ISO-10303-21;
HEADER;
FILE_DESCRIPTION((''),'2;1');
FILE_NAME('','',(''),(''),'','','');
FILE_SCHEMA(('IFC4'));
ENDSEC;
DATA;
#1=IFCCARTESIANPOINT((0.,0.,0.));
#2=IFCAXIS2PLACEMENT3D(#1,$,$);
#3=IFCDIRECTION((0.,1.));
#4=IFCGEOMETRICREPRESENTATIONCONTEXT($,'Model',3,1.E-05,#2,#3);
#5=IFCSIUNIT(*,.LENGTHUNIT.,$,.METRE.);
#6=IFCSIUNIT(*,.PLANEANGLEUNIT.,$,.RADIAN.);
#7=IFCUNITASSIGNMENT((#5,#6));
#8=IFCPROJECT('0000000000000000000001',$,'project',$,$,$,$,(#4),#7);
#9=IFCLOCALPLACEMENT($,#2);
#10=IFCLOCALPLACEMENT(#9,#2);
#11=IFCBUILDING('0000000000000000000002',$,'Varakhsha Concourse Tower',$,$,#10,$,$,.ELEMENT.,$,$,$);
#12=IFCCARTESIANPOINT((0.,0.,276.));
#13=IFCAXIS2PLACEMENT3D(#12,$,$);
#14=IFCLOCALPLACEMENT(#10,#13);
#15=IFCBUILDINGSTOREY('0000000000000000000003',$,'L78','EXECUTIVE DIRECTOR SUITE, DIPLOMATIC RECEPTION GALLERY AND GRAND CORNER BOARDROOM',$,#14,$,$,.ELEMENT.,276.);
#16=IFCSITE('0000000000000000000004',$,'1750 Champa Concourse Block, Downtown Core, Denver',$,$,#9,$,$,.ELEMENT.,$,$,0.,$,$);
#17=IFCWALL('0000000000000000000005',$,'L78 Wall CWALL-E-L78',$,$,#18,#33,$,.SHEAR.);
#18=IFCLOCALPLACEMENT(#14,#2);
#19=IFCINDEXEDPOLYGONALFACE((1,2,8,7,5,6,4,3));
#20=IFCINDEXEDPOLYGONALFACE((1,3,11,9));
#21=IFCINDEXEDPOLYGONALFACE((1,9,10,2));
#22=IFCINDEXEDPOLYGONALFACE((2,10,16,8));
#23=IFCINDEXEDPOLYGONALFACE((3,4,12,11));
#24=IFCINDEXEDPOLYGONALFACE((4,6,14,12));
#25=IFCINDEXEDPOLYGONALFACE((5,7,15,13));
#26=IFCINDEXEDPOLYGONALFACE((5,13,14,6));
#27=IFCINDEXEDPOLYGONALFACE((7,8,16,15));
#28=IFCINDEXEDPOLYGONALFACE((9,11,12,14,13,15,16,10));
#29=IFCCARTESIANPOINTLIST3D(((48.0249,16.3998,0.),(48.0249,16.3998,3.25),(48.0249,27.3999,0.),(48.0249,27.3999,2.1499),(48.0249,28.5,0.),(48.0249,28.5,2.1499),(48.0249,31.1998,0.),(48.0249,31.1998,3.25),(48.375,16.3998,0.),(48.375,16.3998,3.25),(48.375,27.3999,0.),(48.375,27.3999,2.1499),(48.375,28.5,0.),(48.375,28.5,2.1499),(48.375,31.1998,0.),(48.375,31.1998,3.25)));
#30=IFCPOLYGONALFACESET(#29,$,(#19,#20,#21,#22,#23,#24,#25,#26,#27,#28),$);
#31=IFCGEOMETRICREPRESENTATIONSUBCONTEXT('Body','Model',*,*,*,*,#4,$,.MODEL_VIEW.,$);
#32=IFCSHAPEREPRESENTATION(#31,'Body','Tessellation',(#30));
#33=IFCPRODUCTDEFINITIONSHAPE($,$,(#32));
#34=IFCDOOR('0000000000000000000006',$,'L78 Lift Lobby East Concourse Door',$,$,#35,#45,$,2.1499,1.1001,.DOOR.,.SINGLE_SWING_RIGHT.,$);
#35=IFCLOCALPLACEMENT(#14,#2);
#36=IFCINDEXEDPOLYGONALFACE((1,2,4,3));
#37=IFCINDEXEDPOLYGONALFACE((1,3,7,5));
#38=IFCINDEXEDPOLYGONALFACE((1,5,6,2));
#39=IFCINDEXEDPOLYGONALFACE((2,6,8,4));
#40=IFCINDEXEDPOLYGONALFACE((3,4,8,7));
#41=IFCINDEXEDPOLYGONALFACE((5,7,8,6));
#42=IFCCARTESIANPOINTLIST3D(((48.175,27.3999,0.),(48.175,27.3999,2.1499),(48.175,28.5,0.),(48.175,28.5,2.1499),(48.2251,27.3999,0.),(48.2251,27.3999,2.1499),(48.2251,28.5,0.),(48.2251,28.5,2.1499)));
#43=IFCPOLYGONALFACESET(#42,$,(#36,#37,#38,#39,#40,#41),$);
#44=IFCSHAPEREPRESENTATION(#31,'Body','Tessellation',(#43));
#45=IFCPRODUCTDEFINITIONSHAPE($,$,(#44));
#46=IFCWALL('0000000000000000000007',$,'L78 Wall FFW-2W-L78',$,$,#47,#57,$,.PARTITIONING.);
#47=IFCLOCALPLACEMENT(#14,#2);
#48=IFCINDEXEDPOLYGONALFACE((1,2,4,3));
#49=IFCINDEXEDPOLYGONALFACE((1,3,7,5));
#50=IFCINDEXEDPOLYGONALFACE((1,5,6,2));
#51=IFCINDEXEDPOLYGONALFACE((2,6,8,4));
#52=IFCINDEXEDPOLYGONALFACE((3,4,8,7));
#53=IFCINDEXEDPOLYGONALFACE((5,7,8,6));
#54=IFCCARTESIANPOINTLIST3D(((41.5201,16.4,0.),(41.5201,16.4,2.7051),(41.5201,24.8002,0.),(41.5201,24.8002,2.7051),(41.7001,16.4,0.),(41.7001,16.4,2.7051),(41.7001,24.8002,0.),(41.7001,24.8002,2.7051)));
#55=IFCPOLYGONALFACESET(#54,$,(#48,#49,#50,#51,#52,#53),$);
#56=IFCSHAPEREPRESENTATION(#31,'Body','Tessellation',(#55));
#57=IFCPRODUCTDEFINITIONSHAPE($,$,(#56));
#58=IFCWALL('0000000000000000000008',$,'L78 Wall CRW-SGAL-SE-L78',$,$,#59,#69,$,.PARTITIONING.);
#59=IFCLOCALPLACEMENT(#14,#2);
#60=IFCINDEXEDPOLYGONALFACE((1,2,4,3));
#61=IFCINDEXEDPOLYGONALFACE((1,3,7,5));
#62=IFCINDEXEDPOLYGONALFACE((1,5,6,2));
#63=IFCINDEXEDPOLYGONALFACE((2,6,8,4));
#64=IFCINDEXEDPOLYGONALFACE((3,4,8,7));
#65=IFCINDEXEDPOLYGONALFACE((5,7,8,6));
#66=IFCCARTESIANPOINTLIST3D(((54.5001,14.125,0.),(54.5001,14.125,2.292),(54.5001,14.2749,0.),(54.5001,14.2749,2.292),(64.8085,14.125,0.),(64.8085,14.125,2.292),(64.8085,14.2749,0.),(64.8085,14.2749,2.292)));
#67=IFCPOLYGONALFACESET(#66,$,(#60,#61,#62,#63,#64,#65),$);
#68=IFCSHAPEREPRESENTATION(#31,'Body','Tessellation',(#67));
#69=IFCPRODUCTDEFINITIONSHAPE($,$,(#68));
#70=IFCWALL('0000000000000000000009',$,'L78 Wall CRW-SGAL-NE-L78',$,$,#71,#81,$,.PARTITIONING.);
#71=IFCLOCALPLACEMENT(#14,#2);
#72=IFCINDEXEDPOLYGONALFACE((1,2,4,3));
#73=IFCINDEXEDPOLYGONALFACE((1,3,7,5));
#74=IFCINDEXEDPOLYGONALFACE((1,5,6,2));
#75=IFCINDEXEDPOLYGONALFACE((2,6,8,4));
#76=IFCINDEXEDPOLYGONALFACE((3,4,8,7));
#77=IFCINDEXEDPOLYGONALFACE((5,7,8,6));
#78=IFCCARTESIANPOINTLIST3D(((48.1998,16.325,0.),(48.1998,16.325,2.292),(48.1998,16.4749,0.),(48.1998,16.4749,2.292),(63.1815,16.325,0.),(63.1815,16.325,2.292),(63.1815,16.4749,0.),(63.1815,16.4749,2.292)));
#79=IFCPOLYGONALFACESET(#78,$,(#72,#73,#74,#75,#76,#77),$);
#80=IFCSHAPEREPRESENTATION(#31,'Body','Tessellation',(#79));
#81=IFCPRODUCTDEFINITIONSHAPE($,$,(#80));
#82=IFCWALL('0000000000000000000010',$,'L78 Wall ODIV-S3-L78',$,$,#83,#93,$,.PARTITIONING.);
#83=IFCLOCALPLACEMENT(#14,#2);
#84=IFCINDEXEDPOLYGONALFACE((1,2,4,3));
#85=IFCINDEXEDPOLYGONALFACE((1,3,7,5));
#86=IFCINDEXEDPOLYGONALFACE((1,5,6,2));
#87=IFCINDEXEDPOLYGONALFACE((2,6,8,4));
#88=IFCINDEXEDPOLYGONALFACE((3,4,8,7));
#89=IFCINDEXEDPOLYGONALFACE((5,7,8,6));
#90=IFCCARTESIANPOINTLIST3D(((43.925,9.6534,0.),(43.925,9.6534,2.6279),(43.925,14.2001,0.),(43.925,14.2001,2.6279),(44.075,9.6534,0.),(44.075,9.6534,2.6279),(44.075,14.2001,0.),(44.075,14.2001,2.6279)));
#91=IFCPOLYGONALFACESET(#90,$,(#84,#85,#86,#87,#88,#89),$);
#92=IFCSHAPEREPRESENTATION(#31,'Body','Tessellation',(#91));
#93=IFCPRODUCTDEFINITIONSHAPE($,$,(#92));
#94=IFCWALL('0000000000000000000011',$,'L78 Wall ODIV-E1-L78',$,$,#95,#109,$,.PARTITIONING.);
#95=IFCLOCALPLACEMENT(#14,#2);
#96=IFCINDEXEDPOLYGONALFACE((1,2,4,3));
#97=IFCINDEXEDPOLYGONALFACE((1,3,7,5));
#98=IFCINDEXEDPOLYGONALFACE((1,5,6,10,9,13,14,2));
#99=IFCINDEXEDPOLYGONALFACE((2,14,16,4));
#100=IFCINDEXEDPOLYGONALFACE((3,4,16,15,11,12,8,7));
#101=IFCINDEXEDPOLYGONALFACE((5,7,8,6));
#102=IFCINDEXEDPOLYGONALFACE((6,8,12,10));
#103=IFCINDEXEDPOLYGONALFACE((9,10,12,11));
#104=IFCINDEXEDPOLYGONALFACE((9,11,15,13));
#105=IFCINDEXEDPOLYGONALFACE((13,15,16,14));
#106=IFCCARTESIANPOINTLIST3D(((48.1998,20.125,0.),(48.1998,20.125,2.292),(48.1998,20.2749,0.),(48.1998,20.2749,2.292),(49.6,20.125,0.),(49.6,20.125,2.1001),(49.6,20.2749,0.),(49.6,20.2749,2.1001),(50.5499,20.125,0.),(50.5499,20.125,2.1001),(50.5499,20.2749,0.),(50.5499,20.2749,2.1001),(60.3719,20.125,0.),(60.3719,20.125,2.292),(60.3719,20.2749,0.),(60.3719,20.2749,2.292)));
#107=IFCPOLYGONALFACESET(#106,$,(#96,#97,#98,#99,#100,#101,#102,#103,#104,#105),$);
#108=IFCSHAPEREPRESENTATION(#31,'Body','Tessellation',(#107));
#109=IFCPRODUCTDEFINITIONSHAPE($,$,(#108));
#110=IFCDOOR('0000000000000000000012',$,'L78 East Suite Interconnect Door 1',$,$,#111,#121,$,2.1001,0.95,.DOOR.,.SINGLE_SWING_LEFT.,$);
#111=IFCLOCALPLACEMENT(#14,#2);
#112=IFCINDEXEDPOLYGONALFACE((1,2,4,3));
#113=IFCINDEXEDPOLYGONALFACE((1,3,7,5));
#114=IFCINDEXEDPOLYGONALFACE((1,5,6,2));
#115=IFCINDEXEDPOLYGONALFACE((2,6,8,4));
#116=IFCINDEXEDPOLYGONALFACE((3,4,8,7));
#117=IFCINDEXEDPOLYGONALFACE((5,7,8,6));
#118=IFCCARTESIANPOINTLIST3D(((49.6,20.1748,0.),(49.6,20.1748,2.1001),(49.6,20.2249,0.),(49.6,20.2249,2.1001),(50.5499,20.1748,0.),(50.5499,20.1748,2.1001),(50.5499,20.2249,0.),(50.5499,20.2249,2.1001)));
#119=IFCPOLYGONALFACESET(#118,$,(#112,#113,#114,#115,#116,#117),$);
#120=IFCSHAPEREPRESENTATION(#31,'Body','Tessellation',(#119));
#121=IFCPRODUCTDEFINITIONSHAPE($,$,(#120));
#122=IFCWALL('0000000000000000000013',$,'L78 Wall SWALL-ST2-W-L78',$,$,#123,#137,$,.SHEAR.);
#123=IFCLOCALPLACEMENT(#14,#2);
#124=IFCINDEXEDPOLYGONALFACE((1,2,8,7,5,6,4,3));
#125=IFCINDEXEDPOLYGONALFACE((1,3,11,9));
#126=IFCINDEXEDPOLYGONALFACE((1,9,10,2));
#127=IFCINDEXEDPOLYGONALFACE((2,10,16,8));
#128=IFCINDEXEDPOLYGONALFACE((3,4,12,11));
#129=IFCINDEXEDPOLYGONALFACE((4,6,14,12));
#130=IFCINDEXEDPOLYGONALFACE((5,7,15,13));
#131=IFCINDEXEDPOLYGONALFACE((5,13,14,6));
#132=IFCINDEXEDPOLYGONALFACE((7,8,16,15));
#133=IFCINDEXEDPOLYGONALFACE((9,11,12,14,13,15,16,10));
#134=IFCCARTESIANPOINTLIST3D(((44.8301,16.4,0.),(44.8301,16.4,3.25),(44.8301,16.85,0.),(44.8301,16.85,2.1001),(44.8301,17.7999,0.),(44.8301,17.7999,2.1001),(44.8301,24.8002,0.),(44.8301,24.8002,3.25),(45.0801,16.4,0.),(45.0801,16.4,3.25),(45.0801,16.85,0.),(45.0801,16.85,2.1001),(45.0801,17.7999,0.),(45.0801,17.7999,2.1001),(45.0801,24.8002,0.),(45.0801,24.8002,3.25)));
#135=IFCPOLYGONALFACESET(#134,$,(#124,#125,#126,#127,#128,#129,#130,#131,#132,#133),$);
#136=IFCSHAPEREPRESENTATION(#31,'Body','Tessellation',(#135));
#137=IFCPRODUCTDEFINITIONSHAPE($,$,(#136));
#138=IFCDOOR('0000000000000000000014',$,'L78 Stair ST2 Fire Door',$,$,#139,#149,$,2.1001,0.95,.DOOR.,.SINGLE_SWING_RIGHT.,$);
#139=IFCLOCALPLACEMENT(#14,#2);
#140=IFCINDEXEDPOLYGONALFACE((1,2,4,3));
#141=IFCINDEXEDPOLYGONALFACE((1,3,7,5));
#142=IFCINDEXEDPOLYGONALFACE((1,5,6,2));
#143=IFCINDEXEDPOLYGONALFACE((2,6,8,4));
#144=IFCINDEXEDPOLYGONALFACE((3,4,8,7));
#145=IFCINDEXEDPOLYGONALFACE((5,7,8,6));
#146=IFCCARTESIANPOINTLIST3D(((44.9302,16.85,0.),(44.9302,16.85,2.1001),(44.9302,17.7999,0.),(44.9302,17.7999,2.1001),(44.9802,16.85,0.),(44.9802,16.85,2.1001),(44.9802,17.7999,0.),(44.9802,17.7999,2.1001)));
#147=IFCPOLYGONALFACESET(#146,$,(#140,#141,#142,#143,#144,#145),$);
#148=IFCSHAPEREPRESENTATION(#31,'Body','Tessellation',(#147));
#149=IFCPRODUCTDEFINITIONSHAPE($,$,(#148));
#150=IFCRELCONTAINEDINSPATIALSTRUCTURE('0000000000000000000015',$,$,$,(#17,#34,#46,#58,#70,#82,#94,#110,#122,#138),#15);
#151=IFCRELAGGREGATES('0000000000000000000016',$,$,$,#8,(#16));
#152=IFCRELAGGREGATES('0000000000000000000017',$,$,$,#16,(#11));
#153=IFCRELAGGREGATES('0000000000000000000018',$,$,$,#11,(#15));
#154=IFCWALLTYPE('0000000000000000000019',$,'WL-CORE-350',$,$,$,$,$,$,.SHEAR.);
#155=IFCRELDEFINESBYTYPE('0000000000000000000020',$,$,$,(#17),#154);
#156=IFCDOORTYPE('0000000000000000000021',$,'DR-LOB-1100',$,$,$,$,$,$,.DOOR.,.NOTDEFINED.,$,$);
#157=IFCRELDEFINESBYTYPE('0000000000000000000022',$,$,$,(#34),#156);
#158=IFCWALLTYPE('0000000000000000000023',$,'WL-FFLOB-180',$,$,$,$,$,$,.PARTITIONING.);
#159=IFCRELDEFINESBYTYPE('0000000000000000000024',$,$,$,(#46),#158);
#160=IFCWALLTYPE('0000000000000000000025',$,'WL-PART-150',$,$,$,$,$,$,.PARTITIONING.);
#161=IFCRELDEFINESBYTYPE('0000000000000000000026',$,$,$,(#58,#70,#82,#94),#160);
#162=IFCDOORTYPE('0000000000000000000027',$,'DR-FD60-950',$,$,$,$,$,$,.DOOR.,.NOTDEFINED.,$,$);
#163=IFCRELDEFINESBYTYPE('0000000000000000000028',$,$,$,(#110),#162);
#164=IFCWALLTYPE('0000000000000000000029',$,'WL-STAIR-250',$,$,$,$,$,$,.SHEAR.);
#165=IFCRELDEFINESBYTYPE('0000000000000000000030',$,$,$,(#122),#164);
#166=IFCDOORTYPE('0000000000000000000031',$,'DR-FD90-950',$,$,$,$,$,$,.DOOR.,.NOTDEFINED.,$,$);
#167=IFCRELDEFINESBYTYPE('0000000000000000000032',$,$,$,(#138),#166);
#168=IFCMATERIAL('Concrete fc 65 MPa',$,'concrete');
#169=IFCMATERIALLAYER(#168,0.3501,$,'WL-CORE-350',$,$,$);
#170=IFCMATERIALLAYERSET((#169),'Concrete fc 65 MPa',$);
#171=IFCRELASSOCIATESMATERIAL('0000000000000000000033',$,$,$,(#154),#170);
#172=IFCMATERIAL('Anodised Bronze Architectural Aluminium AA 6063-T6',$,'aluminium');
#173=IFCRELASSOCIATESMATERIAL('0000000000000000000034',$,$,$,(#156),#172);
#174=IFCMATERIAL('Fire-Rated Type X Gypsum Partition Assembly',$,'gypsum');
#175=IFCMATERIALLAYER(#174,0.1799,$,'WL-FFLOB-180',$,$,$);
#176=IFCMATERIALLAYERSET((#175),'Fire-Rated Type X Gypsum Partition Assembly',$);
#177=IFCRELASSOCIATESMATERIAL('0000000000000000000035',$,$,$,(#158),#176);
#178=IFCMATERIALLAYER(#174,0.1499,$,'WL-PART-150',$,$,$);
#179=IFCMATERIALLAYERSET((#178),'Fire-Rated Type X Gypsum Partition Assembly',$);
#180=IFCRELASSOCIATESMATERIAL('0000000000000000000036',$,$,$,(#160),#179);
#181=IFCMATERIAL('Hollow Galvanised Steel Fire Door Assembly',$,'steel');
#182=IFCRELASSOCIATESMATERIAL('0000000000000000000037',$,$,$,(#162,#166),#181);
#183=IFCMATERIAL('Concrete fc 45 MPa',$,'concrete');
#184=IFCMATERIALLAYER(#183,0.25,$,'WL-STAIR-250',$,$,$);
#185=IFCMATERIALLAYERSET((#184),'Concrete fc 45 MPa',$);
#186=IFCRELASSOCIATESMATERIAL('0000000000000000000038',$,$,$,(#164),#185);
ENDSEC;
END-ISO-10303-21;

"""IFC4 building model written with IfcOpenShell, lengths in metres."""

from ifc_helpers import new_model, si_unit, direction, frame, frame_2d, origin, place, context, subcontext, project, spatial, rectangle, extrude, material, layer, layer_set, type_object, element, fill, save


model = new_model("IFC4")

# Units and contexts
model_context = context("Model", 3, precision=1e-05, world=origin(), true_north=direction((0.0, 1.0)))
body_context = subcontext(model_context, "Body", "Model", "MODEL_VIEW")
ifc_project = project(units=[si_unit("LENGTHUNIT", "METRE"), si_unit("PLANEANGLEUNIT", "RADIAN")], contexts=[model_context])

# Site, building, storey
site_placement = place(None, origin())
site = spatial("IfcSite", under=ifc_project, at=site_placement, Name="1750 Champa Concourse Block, Downtown Core, Denver", CompositionType="ELEMENT", RefElevation=0.0)
building_placement = place(site_placement, origin())
building = spatial("IfcBuilding", under=site, at=building_placement, Name="Varakhsha Concourse Tower", CompositionType="ELEMENT")
storey_placement = place(building_placement, frame((0.0, 0.0, 276.0)))
storey = spatial("IfcBuildingStorey", under=building, at=storey_placement, Name="L78", Description="EXECUTIVE DIRECTOR SUITE, DIPLOMATIC RECEPTION GALLERY AND GRAND CORNER BOARDROOM", CompositionType="ELEMENT", Elevation=276.0)

# Shared definitions
ifc_material_1 = material(Name="Concrete fc 65 MPa", Category="concrete")

# Shared definitions
ifc_material_2 = material(Name="Anodised Bronze Architectural Aluminium AA 6063-T6", Category="aluminium")

# Wall, opening, door
ifc_layer_1 = layer(ifc_material_1, 0.3501, Name="WL-CORE-350")
ifc_layer_set_1 = layer_set([ifc_layer_1], Name="Concrete fc 65 MPa")
wall_type_1 = type_object("IfcWallType", Name="WL-CORE-350", PredefinedType="SHEAR", material=ifc_layer_set_1)
wall_1_placement = place(storey_placement, frame((48.2, 16.3999, 0.0), z_axis=(0.0, 0.0, 1.0), x_axis=(0.0, 1.0, 0.0)))
wall_1 = element("IfcWall", 1, at=wall_1_placement, inside=storey, type_object=wall_type_1, Name="L78 Wall CWALL-E-L78", PredefinedType="SHEAR", context=body_context, shape_type="SweptSolid", body=[
    extrude(rectangle(XDim=14.8, YDim=0.3501, at=frame_2d((7.3999, 0.0))), origin(), (0.0, 0.0, 1.0), 3.25),
])
opening_1_placement = place(wall_1_placement, frame((11.0, 0.0, 0.0)))
opening_1 = element("IfcOpeningElement", 2, at=opening_1_placement, cuts=wall_1, PredefinedType="OPENING", context=body_context, shape_type="SweptSolid", body=[
    extrude(rectangle(XDim=1.1001, YDim=2.1499, at=frame_2d((0.55, 1.075))), frame((0.0, 0.1851, 0.0), z_axis=(0.0, -1.0, 0.0), x_axis=(1.0, 0.0, 0.0)), (0.0, 0.0, 1.0), 0.3701),
])
door_type_1 = type_object("IfcDoorType", Name="DR-LOB-1100", OperationType="NOTDEFINED", PredefinedType="DOOR", material=ifc_material_2)
door_1_placement = place(opening_1_placement, origin())
door_1 = element("IfcDoor", 3, at=door_1_placement, inside=storey, type_object=door_type_1, Name="L78 Lift Lobby East Concourse Door", OperationType="SINGLE_SWING_RIGHT", OverallHeight=2.1499, OverallWidth=1.1001, PredefinedType="DOOR", context=body_context, shape_type="SweptSolid", body=[
    extrude(rectangle(XDim=1.1001, YDim=2.1499, at=frame_2d((0.55, 1.075))), frame((0.0, 0.0249, 0.0), z_axis=(0.0, -1.0, 0.0), x_axis=(1.0, 0.0, 0.0)), (0.0, 0.0, 1.0), 0.05),
])
fill(opening_1, door_1)

# Walls
ifc_material_3 = material(Name="Fire-Rated Type X Gypsum Partition Assembly", Category="gypsum")
ifc_layer_2 = layer(ifc_material_3, 0.1799, Name="WL-FFLOB-180")
ifc_layer_set_2 = layer_set([ifc_layer_2], Name="Fire-Rated Type X Gypsum Partition Assembly")
wall_type_2 = type_object("IfcWallType", Name="WL-FFLOB-180", PredefinedType="PARTITIONING", material=ifc_layer_set_2)
wall_2_placement = place(storey_placement, frame((41.6101, 16.3999, 0.0), z_axis=(0.0, 0.0, 1.0), x_axis=(0.0, 1.0, 0.0)))
element("IfcWall", 4, at=wall_2_placement, inside=storey, type_object=wall_type_2, Name="L78 Wall FFW-2W-L78", PredefinedType="PARTITIONING", context=body_context, shape_type="SweptSolid", body=[
    extrude(rectangle(XDim=8.4001, YDim=0.1799, at=frame_2d((4.2002, 0.0))), origin(), (0.0, 0.0, 1.0), 2.7051),
])
ifc_layer_3 = layer(ifc_material_3, 0.1499, Name="WL-PART-150")
ifc_layer_set_3 = layer_set([ifc_layer_3], Name="Fire-Rated Type X Gypsum Partition Assembly")
wall_type_3 = type_object("IfcWallType", Name="WL-PART-150", PredefinedType="PARTITIONING", material=ifc_layer_set_3)
wall_3_placement = place(storey_placement, frame((54.5, 14.2, 0.0), z_axis=(0.0, 0.0, 1.0), x_axis=(1.0, 0.0, 0.0)))
element("IfcWall", 5, at=wall_3_placement, inside=storey, type_object=wall_type_3, Name="L78 Wall CRW-SGAL-SE-L78", PredefinedType="PARTITIONING", context=body_context, shape_type="SweptSolid", body=[
    extrude(rectangle(XDim=10.3083, YDim=0.1499, at=frame_2d((5.1543, 0.0))), origin(), (0.0, 0.0, 1.0), 2.292),
])
wall_4_placement = place(storey_placement, frame((48.2, 16.3999, 0.0), z_axis=(0.0, 0.0, 1.0), x_axis=(1.0, 0.0, 0.0)))
element("IfcWall", 6, at=wall_4_placement, inside=storey, type_object=wall_type_3, Name="L78 Wall CRW-SGAL-NE-L78", PredefinedType="PARTITIONING", context=body_context, shape_type="SweptSolid", body=[
    extrude(rectangle(XDim=14.9817, YDim=0.1499, at=frame_2d((7.4907, 0.0))), origin(), (0.0, 0.0, 1.0), 2.292),
])
wall_5_placement = place(storey_placement, frame((44.0, 9.6533, 0.0), z_axis=(0.0, 0.0, 1.0), x_axis=(0.0, 1.0, 0.0)))
element("IfcWall", 7, at=wall_5_placement, inside=storey, type_object=wall_type_3, Name="L78 Wall ODIV-S3-L78", PredefinedType="PARTITIONING", context=body_context, shape_type="SweptSolid", body=[
    extrude(rectangle(XDim=4.5466, YDim=0.1499, at=frame_2d((2.2734, 0.0))), origin(), (0.0, 0.0, 1.0), 2.6279),
])

# Walls, openings, doors
wall_6_placement = place(storey_placement, frame((48.2, 20.2, 0.0), z_axis=(0.0, 0.0, 1.0), x_axis=(1.0, 0.0, 0.0)))
wall_6 = element("IfcWall", 8, at=wall_6_placement, inside=storey, type_object=wall_type_3, Name="L78 Wall ODIV-E1-L78", PredefinedType="PARTITIONING", context=body_context, shape_type="SweptSolid", body=[
    extrude(rectangle(XDim=12.1721, YDim=0.1499, at=frame_2d((6.0859, 0.0))), origin(), (0.0, 0.0, 1.0), 2.292),
])
opening_2_placement = place(wall_6_placement, frame((1.3999, 0.0, 0.0)))
opening_2 = element("IfcOpeningElement", 9, at=opening_2_placement, cuts=wall_6, PredefinedType="OPENING", context=body_context, shape_type="SweptSolid", body=[
    extrude(rectangle(XDim=0.95, YDim=2.1001, at=frame_2d((0.4751, 1.05))), frame((0.0, 0.085, 0.0), z_axis=(0.0, -1.0, 0.0), x_axis=(1.0, 0.0, 0.0)), (0.0, 0.0, 1.0), 0.1699),
])
ifc_material_4 = material(Name="Hollow Galvanised Steel Fire Door Assembly", Category="steel")
door_type_2 = type_object("IfcDoorType", Name="DR-FD60-950", OperationType="NOTDEFINED", PredefinedType="DOOR", material=ifc_material_4)
door_2_placement = place(opening_2_placement, origin())
door_2 = element("IfcDoor", 10, at=door_2_placement, inside=storey, type_object=door_type_2, Name="L78 East Suite Interconnect Door 1", OperationType="SINGLE_SWING_LEFT", OverallHeight=2.1001, OverallWidth=0.95, PredefinedType="DOOR", context=body_context, shape_type="SweptSolid", body=[
    extrude(rectangle(XDim=0.95, YDim=2.1001, at=frame_2d((0.4751, 1.05))), frame((0.0, 0.0249, 0.0), z_axis=(0.0, -1.0, 0.0), x_axis=(1.0, 0.0, 0.0)), (0.0, 0.0, 1.0), 0.05),
])
fill(opening_2, door_2)
ifc_material_5 = material(Name="Concrete fc 45 MPa", Category="concrete")
ifc_layer_4 = layer(ifc_material_5, 0.25, Name="WL-STAIR-250")
ifc_layer_set_4 = layer_set([ifc_layer_4], Name="Concrete fc 45 MPa")
wall_type_4 = type_object("IfcWallType", Name="WL-STAIR-250", PredefinedType="SHEAR", material=ifc_layer_set_4)
wall_7_placement = place(storey_placement, frame((44.9551, 16.3999, 0.0), z_axis=(0.0, 0.0, 1.0), x_axis=(0.0, 1.0, 0.0)))
wall_7 = element("IfcWall", 11, at=wall_7_placement, inside=storey, type_object=wall_type_4, Name="L78 Wall SWALL-ST2-W-L78", PredefinedType="SHEAR", context=body_context, shape_type="SweptSolid", body=[
    extrude(rectangle(XDim=8.4001, YDim=0.25, at=frame_2d((4.2002, 0.0))), origin(), (0.0, 0.0, 1.0), 3.25),
])
opening_3_placement = place(wall_7_placement, frame((0.45, 0.0, 0.0)))
opening_3 = element("IfcOpeningElement", 12, at=opening_3_placement, cuts=wall_7, PredefinedType="OPENING", context=body_context, shape_type="SweptSolid", body=[
    extrude(rectangle(XDim=0.95, YDim=2.1001, at=frame_2d((0.4751, 1.05))), frame((0.0, 0.135, 0.0), z_axis=(0.0, -1.0, 0.0), x_axis=(1.0, 0.0, 0.0)), (0.0, 0.0, 1.0), 0.27),
])
door_type_3 = type_object("IfcDoorType", Name="DR-FD90-950", OperationType="NOTDEFINED", PredefinedType="DOOR", material=ifc_material_4)
door_3_placement = place(opening_3_placement, origin())
door_3 = element("IfcDoor", 13, at=door_3_placement, inside=storey, type_object=door_type_3, Name="L78 Stair ST2 Fire Door", OperationType="SINGLE_SWING_RIGHT", OverallHeight=2.1001, OverallWidth=0.95, PredefinedType="DOOR", context=body_context, shape_type="SweptSolid", body=[
    extrude(rectangle(XDim=0.95, YDim=2.1001, at=frame_2d((0.4751, 1.05))), frame((0.0, 0.0249, 0.0), z_axis=(0.0, -1.0, 0.0), x_axis=(1.0, 0.0, 0.0)), (0.0, 0.0, 1.0), 0.05),
])
fill(opening_3, door_3)

save(model, "model.ifc")
